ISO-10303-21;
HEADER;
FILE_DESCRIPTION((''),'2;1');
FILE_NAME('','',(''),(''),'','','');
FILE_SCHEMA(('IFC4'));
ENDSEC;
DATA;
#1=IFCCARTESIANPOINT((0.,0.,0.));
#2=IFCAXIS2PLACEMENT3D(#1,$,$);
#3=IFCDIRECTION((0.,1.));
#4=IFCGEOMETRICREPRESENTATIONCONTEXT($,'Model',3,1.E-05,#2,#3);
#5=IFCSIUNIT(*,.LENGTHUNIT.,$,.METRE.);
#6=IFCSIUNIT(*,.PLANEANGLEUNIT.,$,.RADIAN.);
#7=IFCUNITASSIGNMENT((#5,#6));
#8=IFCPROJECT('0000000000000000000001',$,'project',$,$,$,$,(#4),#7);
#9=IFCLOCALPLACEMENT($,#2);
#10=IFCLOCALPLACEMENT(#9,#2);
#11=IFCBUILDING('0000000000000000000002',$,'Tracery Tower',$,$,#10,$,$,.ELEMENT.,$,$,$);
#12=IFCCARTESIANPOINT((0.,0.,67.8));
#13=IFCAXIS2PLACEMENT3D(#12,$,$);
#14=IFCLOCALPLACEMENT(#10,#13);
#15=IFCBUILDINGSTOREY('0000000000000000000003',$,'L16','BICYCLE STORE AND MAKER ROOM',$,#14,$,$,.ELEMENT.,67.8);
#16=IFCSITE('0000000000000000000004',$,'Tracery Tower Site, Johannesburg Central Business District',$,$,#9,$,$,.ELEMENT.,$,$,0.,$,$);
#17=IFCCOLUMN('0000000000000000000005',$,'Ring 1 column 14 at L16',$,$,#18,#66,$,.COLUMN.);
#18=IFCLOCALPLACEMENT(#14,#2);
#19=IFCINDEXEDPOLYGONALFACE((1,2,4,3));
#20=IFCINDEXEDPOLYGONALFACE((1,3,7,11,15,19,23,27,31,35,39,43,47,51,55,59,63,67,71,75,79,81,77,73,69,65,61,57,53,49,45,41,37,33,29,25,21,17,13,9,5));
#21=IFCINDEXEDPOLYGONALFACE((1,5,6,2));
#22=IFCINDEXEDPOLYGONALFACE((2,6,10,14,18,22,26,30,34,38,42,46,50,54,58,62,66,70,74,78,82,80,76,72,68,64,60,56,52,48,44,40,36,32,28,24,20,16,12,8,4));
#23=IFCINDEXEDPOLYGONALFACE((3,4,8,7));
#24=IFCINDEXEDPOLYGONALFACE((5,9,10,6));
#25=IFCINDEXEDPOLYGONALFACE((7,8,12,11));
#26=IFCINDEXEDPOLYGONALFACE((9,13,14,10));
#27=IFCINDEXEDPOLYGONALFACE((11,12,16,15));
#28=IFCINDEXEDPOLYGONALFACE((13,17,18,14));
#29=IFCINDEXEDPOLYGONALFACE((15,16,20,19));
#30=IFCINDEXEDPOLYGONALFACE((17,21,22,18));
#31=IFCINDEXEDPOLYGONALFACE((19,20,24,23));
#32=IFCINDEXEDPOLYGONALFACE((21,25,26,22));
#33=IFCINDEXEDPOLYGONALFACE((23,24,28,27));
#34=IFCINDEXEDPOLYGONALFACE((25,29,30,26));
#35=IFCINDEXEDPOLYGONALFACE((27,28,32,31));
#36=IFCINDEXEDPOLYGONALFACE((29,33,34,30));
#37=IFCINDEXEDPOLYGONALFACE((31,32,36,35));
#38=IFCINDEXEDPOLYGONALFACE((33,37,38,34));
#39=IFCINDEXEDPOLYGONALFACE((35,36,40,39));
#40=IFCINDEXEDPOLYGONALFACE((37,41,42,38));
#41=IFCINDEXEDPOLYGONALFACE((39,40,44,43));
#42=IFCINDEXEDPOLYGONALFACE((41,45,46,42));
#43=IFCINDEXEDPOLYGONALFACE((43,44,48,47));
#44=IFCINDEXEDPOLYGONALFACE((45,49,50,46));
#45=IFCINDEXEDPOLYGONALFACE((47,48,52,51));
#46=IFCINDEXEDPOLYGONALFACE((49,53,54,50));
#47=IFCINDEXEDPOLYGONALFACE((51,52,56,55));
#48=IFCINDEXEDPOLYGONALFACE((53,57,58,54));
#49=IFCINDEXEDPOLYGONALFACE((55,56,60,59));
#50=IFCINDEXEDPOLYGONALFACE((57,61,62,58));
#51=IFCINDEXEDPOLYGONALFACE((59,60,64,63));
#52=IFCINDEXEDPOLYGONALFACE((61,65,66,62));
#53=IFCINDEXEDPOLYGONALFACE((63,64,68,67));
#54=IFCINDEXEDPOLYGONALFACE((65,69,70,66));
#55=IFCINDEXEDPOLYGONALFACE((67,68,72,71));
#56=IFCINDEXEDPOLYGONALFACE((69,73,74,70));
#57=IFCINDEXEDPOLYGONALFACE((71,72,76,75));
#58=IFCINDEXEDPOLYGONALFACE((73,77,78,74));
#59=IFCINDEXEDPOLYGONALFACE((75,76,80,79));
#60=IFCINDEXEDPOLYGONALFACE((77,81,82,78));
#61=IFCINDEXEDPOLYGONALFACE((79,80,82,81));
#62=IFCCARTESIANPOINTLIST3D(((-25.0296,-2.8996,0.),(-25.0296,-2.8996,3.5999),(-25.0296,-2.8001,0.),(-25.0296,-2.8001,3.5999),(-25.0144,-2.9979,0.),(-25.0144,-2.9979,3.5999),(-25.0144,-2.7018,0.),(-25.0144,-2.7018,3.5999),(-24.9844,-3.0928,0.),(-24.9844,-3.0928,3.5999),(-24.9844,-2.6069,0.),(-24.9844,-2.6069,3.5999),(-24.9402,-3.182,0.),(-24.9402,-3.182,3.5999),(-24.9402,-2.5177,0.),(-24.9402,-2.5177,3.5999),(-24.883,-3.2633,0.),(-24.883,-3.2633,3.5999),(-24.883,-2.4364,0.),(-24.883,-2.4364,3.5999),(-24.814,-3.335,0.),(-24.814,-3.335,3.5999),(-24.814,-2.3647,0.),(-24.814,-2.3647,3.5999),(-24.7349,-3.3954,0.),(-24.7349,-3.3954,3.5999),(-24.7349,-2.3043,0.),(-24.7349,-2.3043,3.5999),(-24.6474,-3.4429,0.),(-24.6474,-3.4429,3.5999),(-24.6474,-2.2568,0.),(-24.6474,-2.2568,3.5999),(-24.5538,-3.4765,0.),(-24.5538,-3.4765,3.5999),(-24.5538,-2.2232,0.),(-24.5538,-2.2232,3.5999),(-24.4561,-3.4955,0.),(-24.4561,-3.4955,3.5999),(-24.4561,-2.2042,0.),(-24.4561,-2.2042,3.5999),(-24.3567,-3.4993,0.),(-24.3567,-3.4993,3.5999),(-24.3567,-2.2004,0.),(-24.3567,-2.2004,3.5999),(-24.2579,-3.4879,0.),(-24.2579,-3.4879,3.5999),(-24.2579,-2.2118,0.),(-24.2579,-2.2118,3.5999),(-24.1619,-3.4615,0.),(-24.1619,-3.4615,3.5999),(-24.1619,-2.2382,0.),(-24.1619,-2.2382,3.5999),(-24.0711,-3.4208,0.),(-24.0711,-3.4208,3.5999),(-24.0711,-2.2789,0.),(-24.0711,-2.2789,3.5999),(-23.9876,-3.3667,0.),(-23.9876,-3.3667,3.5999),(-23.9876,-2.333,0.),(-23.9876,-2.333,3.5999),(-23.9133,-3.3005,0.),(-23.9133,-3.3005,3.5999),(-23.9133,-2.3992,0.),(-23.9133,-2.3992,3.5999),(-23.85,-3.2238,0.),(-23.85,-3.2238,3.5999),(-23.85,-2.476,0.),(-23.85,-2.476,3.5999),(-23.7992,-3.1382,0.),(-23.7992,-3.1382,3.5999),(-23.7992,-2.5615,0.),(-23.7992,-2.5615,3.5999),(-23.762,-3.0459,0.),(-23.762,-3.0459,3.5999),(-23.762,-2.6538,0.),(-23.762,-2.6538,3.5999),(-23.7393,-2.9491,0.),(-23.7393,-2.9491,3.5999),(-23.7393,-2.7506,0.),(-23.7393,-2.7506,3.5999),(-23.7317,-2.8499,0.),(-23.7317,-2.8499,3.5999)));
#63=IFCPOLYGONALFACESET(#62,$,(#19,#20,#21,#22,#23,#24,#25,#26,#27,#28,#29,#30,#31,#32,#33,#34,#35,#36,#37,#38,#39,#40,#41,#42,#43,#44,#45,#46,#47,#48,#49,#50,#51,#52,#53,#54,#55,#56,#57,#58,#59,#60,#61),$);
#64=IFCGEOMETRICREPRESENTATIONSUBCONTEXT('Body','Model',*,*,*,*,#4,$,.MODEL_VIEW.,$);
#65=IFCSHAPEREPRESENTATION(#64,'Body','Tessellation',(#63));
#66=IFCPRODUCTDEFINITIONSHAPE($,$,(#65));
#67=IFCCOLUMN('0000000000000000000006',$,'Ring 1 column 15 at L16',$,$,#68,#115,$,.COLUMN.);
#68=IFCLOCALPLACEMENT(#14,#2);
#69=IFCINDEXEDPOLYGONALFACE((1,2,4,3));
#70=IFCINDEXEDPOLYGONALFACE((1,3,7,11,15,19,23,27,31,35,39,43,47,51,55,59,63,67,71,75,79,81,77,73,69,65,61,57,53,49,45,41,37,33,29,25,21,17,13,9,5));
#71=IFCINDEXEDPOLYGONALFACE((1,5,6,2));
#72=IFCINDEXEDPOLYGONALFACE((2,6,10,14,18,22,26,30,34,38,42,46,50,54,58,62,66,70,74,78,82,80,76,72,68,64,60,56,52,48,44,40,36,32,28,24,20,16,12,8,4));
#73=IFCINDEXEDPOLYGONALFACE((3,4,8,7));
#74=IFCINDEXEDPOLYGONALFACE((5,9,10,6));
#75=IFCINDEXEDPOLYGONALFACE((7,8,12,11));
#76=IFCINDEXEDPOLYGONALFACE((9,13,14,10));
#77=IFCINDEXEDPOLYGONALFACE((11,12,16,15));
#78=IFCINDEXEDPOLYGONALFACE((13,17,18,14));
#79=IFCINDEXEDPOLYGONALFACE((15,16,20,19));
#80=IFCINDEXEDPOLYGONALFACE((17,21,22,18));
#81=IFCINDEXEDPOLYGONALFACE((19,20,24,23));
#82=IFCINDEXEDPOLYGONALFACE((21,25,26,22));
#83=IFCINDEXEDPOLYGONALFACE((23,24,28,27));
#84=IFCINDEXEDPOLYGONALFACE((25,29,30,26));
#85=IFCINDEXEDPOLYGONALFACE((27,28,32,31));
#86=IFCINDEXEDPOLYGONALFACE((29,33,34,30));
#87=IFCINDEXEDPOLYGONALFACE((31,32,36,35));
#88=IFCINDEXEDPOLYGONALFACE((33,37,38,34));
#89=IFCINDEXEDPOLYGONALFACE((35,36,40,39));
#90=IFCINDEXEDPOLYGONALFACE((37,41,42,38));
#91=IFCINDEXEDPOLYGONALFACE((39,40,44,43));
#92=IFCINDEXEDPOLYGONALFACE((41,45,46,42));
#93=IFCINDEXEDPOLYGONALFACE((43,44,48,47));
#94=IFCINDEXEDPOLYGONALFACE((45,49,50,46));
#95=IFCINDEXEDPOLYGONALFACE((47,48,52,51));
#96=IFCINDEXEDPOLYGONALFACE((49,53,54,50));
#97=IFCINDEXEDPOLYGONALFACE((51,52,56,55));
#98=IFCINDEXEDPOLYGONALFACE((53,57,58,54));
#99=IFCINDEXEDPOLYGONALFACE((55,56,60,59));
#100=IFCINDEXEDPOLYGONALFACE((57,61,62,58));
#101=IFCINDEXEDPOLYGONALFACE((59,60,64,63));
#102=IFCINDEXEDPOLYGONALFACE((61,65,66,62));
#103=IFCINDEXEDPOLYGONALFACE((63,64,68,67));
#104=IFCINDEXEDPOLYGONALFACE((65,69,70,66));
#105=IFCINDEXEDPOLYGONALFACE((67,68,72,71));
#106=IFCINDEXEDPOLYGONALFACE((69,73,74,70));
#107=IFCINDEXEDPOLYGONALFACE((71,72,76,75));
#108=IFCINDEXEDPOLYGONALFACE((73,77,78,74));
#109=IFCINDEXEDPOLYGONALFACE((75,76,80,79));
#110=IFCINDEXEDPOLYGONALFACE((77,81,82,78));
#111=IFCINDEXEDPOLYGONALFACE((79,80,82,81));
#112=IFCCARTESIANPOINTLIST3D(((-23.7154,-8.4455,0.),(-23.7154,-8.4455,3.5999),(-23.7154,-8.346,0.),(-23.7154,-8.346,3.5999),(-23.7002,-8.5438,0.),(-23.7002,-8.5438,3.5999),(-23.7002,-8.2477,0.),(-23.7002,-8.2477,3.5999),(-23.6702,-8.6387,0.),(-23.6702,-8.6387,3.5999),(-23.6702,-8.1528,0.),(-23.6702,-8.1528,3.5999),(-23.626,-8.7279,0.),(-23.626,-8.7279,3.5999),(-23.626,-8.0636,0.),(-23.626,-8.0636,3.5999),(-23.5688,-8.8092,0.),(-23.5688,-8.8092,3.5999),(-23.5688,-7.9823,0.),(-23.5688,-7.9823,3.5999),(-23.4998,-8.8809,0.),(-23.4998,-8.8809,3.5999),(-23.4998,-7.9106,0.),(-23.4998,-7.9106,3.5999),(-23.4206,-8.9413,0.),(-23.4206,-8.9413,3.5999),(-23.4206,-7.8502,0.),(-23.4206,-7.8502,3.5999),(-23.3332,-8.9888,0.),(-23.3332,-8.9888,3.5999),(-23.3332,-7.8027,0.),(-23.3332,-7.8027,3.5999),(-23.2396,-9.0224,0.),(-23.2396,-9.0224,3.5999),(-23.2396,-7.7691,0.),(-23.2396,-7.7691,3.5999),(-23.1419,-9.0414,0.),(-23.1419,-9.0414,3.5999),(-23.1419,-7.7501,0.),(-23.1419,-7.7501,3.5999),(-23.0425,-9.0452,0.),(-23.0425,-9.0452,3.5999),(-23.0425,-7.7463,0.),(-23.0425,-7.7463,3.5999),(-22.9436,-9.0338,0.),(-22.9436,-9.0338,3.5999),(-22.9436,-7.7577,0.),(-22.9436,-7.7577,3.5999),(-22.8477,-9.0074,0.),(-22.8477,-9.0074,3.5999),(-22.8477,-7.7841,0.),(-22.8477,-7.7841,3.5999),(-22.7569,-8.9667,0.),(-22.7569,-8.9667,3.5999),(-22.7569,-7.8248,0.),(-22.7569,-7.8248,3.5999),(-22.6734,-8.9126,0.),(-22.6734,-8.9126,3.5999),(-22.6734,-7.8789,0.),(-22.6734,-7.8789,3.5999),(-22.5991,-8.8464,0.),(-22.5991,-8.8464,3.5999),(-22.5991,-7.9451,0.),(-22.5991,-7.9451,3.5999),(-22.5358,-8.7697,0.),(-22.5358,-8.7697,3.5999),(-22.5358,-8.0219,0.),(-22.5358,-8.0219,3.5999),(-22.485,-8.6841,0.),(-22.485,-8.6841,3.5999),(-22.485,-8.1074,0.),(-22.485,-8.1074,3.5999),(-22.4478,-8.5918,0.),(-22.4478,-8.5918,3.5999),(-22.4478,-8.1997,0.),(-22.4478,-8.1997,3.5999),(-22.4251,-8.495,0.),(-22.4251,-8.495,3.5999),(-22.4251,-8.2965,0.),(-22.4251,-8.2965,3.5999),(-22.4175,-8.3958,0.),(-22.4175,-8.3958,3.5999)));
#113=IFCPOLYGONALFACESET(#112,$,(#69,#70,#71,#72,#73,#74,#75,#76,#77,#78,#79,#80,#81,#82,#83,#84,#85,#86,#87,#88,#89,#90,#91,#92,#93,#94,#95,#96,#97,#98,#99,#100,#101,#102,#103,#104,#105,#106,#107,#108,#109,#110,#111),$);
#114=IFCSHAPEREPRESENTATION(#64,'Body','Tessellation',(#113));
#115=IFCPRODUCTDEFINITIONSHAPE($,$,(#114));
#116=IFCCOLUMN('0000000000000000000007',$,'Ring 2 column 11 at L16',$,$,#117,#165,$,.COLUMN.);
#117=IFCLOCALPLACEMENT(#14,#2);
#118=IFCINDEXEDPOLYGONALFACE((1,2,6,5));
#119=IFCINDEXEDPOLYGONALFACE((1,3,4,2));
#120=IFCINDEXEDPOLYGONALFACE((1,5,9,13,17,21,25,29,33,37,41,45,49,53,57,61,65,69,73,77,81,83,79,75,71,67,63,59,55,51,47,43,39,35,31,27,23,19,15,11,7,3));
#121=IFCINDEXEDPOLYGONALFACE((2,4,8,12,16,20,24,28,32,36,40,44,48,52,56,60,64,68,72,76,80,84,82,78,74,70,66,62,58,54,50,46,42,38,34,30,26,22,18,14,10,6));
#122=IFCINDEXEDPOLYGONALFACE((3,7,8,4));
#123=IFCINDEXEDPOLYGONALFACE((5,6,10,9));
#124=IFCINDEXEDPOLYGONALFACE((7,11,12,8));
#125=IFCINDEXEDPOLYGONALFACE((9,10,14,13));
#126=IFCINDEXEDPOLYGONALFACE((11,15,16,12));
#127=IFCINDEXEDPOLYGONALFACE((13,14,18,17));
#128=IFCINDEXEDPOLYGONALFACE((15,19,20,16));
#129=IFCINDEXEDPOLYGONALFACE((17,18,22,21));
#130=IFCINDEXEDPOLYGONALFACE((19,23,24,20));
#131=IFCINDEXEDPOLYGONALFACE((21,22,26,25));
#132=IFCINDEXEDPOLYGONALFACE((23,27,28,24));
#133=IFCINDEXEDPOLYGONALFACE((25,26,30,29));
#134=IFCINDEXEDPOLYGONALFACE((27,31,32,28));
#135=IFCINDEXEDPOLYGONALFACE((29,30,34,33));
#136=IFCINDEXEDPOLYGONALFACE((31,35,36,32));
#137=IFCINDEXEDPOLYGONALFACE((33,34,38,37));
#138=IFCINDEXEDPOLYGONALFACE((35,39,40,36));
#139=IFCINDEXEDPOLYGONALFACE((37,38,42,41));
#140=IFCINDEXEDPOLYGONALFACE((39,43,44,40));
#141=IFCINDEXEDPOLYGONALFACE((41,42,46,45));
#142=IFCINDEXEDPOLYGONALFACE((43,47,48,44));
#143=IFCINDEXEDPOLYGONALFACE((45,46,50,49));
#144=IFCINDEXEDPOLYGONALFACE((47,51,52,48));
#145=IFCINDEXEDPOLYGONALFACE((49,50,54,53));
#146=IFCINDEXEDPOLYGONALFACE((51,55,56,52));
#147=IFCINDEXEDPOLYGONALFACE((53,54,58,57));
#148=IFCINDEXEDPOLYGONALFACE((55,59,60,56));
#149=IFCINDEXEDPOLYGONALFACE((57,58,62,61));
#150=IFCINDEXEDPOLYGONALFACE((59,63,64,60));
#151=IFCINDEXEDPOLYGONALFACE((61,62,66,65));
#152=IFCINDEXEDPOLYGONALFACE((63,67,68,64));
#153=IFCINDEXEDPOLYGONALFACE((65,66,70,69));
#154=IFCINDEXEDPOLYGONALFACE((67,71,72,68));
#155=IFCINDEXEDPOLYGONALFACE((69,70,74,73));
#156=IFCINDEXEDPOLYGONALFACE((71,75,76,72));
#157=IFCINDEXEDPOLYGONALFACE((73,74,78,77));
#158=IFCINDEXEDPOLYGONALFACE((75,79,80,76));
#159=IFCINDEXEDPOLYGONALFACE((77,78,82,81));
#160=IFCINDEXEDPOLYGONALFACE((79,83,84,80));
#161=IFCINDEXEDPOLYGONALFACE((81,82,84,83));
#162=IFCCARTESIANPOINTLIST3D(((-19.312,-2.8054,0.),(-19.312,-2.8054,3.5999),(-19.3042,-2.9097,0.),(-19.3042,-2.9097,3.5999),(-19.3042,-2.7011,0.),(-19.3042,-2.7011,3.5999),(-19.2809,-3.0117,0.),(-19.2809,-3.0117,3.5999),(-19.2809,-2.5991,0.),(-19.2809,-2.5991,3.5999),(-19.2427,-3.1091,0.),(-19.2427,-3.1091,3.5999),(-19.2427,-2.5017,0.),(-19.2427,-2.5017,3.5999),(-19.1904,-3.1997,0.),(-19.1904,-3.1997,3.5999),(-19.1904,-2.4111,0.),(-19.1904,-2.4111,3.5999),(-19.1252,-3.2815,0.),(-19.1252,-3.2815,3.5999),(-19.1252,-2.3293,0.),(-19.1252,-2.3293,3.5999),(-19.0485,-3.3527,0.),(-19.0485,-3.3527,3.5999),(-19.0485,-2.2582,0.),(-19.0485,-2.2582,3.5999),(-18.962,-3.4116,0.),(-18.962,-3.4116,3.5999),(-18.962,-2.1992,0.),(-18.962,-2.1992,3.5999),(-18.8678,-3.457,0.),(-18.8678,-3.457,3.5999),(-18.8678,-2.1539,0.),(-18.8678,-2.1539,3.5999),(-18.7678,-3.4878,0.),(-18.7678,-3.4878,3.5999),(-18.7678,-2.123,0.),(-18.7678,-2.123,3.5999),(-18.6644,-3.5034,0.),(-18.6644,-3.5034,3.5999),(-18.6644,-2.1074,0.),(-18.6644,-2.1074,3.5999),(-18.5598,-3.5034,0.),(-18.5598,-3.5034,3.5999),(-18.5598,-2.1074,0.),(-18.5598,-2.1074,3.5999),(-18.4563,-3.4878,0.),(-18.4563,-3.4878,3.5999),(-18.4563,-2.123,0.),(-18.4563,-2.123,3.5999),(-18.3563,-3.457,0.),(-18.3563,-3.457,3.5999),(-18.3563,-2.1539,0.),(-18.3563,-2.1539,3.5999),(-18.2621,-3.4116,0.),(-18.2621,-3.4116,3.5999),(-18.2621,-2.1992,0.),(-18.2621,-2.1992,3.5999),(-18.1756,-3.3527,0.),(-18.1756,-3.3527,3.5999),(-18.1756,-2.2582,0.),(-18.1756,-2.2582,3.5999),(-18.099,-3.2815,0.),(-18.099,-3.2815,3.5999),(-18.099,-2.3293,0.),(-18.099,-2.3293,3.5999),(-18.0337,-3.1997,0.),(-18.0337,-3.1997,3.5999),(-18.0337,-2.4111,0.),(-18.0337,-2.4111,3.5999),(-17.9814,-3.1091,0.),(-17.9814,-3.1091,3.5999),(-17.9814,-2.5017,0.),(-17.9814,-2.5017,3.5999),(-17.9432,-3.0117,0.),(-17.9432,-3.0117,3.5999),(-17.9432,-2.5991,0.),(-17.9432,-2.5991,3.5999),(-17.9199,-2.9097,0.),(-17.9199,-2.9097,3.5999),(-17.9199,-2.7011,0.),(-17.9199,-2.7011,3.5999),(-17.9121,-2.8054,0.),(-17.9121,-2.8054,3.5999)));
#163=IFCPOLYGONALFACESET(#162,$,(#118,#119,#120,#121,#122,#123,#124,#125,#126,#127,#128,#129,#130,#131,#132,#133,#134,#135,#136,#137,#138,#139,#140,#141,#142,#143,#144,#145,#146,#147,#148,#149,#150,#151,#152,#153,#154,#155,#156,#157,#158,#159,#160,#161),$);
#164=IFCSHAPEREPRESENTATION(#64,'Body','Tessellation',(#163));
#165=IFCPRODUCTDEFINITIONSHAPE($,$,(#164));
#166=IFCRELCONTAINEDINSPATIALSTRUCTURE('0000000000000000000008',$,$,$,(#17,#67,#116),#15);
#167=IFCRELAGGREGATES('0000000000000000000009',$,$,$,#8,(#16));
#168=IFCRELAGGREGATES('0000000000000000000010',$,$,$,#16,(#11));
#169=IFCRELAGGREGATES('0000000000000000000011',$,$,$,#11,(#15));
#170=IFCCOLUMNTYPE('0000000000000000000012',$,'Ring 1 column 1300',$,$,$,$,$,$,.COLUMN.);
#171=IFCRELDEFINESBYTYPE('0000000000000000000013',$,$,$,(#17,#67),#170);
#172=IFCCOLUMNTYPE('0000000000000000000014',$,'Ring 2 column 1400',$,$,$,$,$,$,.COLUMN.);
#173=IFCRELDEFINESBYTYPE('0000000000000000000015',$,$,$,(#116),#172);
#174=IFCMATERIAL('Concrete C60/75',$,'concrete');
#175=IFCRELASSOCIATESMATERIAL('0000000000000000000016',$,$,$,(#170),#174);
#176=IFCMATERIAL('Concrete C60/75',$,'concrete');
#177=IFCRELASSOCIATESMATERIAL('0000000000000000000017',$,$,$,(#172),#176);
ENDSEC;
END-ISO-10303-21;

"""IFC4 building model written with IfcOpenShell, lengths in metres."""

from ifc_helpers import new_model, si_unit, direction, frame, origin, origin_2d, place, context, subcontext, project, spatial, circle, extrude, material, material_profile, profile_set, type_object, element, save


model = new_model("IFC4")

# Units and contexts
model_context = context("Model", 3, precision=1e-05, world=origin(), true_north=direction((0.0, 1.0)))
body_context = subcontext(model_context, "Body", "Model", "MODEL_VIEW")
ifc_project = project(units=[si_unit("LENGTHUNIT", "METRE"), si_unit("PLANEANGLEUNIT", "RADIAN")], contexts=[model_context])

# Site, building, storey
site_placement = place(None, origin())
site = spatial("IfcSite", under=ifc_project, at=site_placement, Name="Tracery Tower Site, Johannesburg Central Business District", CompositionType="ELEMENT", RefElevation=0.0)
building_placement = place(site_placement, origin())
building = spatial("IfcBuilding", under=site, at=building_placement, Name="Tracery Tower", CompositionType="ELEMENT")
storey_placement = place(building_placement, frame((0.0, 0.0, 67.8)))
storey = spatial("IfcBuildingStorey", under=building, at=storey_placement, Name="L16", Description="BICYCLE STORE AND MAKER ROOM", CompositionType="ELEMENT", Elevation=67.8)

# Columns
ifc_material_1 = material(Name="Concrete C60/75", Category="concrete")
ifc_material_profile_1 = material_profile(ifc_material_1, circle(Radius=0.6499, at=origin_2d()), Name="RC D1300")
ifc_profile_set_1 = profile_set([ifc_material_profile_1], Name="Concrete C60/75")
column_type_1 = type_object("IfcColumnType", Name="Ring 1 column 1300", PredefinedType="COLUMN", material=ifc_profile_set_1)
for number, where, z_axis, x_axis, name in (
    (1, (-24.3816, -2.8499, 0.0), (0.0, 0.0, 1.0), (1.0, 0.0, 0.0), "Ring 1 column 14 at L16"),
    (2, (-23.0674, -8.3958, 0.0), (0.0, 0.0, 1.0), (1.0, 0.0, 0.0), "Ring 1 column 15 at L16"),
):
    element("IfcColumn", number, at=place(storey_placement, frame(where, z_axis=z_axis, x_axis=x_axis)), inside=storey, type_object=column_type_1, Name=name, PredefinedType="COLUMN", context=body_context, shape_type="SweptSolid", body=[
        extrude(circle(Radius=0.6499, at=origin_2d()), origin(), (0.0, 0.0, 1.0), 3.5999),
    ])
ifc_material_2 = material(Name="Concrete C60/75", Category="concrete")
ifc_material_profile_2 = material_profile(ifc_material_2, circle(Radius=0.7, at=origin_2d()), Name="RC D1400")
ifc_profile_set_2 = profile_set([ifc_material_profile_2], Name="Concrete C60/75")
column_type_2 = type_object("IfcColumnType", Name="Ring 2 column 1400", PredefinedType="COLUMN", material=ifc_profile_set_2)
for number, where, z_axis, x_axis, name in (
    (3, (-18.6121, -2.8054, 0.0), (0.0, 0.0, 1.0), (1.0, 0.0, 0.0), "Ring 2 column 11 at L16"),
):
    element("IfcColumn", number, at=place(storey_placement, frame(where, z_axis=z_axis, x_axis=x_axis)), inside=storey, type_object=column_type_2, Name=name, PredefinedType="COLUMN", context=body_context, shape_type="SweptSolid", body=[
        extrude(circle(Radius=0.7, at=origin_2d()), origin(), (0.0, 0.0, 1.0), 3.5999),
    ])

save(model, "model.ifc")
